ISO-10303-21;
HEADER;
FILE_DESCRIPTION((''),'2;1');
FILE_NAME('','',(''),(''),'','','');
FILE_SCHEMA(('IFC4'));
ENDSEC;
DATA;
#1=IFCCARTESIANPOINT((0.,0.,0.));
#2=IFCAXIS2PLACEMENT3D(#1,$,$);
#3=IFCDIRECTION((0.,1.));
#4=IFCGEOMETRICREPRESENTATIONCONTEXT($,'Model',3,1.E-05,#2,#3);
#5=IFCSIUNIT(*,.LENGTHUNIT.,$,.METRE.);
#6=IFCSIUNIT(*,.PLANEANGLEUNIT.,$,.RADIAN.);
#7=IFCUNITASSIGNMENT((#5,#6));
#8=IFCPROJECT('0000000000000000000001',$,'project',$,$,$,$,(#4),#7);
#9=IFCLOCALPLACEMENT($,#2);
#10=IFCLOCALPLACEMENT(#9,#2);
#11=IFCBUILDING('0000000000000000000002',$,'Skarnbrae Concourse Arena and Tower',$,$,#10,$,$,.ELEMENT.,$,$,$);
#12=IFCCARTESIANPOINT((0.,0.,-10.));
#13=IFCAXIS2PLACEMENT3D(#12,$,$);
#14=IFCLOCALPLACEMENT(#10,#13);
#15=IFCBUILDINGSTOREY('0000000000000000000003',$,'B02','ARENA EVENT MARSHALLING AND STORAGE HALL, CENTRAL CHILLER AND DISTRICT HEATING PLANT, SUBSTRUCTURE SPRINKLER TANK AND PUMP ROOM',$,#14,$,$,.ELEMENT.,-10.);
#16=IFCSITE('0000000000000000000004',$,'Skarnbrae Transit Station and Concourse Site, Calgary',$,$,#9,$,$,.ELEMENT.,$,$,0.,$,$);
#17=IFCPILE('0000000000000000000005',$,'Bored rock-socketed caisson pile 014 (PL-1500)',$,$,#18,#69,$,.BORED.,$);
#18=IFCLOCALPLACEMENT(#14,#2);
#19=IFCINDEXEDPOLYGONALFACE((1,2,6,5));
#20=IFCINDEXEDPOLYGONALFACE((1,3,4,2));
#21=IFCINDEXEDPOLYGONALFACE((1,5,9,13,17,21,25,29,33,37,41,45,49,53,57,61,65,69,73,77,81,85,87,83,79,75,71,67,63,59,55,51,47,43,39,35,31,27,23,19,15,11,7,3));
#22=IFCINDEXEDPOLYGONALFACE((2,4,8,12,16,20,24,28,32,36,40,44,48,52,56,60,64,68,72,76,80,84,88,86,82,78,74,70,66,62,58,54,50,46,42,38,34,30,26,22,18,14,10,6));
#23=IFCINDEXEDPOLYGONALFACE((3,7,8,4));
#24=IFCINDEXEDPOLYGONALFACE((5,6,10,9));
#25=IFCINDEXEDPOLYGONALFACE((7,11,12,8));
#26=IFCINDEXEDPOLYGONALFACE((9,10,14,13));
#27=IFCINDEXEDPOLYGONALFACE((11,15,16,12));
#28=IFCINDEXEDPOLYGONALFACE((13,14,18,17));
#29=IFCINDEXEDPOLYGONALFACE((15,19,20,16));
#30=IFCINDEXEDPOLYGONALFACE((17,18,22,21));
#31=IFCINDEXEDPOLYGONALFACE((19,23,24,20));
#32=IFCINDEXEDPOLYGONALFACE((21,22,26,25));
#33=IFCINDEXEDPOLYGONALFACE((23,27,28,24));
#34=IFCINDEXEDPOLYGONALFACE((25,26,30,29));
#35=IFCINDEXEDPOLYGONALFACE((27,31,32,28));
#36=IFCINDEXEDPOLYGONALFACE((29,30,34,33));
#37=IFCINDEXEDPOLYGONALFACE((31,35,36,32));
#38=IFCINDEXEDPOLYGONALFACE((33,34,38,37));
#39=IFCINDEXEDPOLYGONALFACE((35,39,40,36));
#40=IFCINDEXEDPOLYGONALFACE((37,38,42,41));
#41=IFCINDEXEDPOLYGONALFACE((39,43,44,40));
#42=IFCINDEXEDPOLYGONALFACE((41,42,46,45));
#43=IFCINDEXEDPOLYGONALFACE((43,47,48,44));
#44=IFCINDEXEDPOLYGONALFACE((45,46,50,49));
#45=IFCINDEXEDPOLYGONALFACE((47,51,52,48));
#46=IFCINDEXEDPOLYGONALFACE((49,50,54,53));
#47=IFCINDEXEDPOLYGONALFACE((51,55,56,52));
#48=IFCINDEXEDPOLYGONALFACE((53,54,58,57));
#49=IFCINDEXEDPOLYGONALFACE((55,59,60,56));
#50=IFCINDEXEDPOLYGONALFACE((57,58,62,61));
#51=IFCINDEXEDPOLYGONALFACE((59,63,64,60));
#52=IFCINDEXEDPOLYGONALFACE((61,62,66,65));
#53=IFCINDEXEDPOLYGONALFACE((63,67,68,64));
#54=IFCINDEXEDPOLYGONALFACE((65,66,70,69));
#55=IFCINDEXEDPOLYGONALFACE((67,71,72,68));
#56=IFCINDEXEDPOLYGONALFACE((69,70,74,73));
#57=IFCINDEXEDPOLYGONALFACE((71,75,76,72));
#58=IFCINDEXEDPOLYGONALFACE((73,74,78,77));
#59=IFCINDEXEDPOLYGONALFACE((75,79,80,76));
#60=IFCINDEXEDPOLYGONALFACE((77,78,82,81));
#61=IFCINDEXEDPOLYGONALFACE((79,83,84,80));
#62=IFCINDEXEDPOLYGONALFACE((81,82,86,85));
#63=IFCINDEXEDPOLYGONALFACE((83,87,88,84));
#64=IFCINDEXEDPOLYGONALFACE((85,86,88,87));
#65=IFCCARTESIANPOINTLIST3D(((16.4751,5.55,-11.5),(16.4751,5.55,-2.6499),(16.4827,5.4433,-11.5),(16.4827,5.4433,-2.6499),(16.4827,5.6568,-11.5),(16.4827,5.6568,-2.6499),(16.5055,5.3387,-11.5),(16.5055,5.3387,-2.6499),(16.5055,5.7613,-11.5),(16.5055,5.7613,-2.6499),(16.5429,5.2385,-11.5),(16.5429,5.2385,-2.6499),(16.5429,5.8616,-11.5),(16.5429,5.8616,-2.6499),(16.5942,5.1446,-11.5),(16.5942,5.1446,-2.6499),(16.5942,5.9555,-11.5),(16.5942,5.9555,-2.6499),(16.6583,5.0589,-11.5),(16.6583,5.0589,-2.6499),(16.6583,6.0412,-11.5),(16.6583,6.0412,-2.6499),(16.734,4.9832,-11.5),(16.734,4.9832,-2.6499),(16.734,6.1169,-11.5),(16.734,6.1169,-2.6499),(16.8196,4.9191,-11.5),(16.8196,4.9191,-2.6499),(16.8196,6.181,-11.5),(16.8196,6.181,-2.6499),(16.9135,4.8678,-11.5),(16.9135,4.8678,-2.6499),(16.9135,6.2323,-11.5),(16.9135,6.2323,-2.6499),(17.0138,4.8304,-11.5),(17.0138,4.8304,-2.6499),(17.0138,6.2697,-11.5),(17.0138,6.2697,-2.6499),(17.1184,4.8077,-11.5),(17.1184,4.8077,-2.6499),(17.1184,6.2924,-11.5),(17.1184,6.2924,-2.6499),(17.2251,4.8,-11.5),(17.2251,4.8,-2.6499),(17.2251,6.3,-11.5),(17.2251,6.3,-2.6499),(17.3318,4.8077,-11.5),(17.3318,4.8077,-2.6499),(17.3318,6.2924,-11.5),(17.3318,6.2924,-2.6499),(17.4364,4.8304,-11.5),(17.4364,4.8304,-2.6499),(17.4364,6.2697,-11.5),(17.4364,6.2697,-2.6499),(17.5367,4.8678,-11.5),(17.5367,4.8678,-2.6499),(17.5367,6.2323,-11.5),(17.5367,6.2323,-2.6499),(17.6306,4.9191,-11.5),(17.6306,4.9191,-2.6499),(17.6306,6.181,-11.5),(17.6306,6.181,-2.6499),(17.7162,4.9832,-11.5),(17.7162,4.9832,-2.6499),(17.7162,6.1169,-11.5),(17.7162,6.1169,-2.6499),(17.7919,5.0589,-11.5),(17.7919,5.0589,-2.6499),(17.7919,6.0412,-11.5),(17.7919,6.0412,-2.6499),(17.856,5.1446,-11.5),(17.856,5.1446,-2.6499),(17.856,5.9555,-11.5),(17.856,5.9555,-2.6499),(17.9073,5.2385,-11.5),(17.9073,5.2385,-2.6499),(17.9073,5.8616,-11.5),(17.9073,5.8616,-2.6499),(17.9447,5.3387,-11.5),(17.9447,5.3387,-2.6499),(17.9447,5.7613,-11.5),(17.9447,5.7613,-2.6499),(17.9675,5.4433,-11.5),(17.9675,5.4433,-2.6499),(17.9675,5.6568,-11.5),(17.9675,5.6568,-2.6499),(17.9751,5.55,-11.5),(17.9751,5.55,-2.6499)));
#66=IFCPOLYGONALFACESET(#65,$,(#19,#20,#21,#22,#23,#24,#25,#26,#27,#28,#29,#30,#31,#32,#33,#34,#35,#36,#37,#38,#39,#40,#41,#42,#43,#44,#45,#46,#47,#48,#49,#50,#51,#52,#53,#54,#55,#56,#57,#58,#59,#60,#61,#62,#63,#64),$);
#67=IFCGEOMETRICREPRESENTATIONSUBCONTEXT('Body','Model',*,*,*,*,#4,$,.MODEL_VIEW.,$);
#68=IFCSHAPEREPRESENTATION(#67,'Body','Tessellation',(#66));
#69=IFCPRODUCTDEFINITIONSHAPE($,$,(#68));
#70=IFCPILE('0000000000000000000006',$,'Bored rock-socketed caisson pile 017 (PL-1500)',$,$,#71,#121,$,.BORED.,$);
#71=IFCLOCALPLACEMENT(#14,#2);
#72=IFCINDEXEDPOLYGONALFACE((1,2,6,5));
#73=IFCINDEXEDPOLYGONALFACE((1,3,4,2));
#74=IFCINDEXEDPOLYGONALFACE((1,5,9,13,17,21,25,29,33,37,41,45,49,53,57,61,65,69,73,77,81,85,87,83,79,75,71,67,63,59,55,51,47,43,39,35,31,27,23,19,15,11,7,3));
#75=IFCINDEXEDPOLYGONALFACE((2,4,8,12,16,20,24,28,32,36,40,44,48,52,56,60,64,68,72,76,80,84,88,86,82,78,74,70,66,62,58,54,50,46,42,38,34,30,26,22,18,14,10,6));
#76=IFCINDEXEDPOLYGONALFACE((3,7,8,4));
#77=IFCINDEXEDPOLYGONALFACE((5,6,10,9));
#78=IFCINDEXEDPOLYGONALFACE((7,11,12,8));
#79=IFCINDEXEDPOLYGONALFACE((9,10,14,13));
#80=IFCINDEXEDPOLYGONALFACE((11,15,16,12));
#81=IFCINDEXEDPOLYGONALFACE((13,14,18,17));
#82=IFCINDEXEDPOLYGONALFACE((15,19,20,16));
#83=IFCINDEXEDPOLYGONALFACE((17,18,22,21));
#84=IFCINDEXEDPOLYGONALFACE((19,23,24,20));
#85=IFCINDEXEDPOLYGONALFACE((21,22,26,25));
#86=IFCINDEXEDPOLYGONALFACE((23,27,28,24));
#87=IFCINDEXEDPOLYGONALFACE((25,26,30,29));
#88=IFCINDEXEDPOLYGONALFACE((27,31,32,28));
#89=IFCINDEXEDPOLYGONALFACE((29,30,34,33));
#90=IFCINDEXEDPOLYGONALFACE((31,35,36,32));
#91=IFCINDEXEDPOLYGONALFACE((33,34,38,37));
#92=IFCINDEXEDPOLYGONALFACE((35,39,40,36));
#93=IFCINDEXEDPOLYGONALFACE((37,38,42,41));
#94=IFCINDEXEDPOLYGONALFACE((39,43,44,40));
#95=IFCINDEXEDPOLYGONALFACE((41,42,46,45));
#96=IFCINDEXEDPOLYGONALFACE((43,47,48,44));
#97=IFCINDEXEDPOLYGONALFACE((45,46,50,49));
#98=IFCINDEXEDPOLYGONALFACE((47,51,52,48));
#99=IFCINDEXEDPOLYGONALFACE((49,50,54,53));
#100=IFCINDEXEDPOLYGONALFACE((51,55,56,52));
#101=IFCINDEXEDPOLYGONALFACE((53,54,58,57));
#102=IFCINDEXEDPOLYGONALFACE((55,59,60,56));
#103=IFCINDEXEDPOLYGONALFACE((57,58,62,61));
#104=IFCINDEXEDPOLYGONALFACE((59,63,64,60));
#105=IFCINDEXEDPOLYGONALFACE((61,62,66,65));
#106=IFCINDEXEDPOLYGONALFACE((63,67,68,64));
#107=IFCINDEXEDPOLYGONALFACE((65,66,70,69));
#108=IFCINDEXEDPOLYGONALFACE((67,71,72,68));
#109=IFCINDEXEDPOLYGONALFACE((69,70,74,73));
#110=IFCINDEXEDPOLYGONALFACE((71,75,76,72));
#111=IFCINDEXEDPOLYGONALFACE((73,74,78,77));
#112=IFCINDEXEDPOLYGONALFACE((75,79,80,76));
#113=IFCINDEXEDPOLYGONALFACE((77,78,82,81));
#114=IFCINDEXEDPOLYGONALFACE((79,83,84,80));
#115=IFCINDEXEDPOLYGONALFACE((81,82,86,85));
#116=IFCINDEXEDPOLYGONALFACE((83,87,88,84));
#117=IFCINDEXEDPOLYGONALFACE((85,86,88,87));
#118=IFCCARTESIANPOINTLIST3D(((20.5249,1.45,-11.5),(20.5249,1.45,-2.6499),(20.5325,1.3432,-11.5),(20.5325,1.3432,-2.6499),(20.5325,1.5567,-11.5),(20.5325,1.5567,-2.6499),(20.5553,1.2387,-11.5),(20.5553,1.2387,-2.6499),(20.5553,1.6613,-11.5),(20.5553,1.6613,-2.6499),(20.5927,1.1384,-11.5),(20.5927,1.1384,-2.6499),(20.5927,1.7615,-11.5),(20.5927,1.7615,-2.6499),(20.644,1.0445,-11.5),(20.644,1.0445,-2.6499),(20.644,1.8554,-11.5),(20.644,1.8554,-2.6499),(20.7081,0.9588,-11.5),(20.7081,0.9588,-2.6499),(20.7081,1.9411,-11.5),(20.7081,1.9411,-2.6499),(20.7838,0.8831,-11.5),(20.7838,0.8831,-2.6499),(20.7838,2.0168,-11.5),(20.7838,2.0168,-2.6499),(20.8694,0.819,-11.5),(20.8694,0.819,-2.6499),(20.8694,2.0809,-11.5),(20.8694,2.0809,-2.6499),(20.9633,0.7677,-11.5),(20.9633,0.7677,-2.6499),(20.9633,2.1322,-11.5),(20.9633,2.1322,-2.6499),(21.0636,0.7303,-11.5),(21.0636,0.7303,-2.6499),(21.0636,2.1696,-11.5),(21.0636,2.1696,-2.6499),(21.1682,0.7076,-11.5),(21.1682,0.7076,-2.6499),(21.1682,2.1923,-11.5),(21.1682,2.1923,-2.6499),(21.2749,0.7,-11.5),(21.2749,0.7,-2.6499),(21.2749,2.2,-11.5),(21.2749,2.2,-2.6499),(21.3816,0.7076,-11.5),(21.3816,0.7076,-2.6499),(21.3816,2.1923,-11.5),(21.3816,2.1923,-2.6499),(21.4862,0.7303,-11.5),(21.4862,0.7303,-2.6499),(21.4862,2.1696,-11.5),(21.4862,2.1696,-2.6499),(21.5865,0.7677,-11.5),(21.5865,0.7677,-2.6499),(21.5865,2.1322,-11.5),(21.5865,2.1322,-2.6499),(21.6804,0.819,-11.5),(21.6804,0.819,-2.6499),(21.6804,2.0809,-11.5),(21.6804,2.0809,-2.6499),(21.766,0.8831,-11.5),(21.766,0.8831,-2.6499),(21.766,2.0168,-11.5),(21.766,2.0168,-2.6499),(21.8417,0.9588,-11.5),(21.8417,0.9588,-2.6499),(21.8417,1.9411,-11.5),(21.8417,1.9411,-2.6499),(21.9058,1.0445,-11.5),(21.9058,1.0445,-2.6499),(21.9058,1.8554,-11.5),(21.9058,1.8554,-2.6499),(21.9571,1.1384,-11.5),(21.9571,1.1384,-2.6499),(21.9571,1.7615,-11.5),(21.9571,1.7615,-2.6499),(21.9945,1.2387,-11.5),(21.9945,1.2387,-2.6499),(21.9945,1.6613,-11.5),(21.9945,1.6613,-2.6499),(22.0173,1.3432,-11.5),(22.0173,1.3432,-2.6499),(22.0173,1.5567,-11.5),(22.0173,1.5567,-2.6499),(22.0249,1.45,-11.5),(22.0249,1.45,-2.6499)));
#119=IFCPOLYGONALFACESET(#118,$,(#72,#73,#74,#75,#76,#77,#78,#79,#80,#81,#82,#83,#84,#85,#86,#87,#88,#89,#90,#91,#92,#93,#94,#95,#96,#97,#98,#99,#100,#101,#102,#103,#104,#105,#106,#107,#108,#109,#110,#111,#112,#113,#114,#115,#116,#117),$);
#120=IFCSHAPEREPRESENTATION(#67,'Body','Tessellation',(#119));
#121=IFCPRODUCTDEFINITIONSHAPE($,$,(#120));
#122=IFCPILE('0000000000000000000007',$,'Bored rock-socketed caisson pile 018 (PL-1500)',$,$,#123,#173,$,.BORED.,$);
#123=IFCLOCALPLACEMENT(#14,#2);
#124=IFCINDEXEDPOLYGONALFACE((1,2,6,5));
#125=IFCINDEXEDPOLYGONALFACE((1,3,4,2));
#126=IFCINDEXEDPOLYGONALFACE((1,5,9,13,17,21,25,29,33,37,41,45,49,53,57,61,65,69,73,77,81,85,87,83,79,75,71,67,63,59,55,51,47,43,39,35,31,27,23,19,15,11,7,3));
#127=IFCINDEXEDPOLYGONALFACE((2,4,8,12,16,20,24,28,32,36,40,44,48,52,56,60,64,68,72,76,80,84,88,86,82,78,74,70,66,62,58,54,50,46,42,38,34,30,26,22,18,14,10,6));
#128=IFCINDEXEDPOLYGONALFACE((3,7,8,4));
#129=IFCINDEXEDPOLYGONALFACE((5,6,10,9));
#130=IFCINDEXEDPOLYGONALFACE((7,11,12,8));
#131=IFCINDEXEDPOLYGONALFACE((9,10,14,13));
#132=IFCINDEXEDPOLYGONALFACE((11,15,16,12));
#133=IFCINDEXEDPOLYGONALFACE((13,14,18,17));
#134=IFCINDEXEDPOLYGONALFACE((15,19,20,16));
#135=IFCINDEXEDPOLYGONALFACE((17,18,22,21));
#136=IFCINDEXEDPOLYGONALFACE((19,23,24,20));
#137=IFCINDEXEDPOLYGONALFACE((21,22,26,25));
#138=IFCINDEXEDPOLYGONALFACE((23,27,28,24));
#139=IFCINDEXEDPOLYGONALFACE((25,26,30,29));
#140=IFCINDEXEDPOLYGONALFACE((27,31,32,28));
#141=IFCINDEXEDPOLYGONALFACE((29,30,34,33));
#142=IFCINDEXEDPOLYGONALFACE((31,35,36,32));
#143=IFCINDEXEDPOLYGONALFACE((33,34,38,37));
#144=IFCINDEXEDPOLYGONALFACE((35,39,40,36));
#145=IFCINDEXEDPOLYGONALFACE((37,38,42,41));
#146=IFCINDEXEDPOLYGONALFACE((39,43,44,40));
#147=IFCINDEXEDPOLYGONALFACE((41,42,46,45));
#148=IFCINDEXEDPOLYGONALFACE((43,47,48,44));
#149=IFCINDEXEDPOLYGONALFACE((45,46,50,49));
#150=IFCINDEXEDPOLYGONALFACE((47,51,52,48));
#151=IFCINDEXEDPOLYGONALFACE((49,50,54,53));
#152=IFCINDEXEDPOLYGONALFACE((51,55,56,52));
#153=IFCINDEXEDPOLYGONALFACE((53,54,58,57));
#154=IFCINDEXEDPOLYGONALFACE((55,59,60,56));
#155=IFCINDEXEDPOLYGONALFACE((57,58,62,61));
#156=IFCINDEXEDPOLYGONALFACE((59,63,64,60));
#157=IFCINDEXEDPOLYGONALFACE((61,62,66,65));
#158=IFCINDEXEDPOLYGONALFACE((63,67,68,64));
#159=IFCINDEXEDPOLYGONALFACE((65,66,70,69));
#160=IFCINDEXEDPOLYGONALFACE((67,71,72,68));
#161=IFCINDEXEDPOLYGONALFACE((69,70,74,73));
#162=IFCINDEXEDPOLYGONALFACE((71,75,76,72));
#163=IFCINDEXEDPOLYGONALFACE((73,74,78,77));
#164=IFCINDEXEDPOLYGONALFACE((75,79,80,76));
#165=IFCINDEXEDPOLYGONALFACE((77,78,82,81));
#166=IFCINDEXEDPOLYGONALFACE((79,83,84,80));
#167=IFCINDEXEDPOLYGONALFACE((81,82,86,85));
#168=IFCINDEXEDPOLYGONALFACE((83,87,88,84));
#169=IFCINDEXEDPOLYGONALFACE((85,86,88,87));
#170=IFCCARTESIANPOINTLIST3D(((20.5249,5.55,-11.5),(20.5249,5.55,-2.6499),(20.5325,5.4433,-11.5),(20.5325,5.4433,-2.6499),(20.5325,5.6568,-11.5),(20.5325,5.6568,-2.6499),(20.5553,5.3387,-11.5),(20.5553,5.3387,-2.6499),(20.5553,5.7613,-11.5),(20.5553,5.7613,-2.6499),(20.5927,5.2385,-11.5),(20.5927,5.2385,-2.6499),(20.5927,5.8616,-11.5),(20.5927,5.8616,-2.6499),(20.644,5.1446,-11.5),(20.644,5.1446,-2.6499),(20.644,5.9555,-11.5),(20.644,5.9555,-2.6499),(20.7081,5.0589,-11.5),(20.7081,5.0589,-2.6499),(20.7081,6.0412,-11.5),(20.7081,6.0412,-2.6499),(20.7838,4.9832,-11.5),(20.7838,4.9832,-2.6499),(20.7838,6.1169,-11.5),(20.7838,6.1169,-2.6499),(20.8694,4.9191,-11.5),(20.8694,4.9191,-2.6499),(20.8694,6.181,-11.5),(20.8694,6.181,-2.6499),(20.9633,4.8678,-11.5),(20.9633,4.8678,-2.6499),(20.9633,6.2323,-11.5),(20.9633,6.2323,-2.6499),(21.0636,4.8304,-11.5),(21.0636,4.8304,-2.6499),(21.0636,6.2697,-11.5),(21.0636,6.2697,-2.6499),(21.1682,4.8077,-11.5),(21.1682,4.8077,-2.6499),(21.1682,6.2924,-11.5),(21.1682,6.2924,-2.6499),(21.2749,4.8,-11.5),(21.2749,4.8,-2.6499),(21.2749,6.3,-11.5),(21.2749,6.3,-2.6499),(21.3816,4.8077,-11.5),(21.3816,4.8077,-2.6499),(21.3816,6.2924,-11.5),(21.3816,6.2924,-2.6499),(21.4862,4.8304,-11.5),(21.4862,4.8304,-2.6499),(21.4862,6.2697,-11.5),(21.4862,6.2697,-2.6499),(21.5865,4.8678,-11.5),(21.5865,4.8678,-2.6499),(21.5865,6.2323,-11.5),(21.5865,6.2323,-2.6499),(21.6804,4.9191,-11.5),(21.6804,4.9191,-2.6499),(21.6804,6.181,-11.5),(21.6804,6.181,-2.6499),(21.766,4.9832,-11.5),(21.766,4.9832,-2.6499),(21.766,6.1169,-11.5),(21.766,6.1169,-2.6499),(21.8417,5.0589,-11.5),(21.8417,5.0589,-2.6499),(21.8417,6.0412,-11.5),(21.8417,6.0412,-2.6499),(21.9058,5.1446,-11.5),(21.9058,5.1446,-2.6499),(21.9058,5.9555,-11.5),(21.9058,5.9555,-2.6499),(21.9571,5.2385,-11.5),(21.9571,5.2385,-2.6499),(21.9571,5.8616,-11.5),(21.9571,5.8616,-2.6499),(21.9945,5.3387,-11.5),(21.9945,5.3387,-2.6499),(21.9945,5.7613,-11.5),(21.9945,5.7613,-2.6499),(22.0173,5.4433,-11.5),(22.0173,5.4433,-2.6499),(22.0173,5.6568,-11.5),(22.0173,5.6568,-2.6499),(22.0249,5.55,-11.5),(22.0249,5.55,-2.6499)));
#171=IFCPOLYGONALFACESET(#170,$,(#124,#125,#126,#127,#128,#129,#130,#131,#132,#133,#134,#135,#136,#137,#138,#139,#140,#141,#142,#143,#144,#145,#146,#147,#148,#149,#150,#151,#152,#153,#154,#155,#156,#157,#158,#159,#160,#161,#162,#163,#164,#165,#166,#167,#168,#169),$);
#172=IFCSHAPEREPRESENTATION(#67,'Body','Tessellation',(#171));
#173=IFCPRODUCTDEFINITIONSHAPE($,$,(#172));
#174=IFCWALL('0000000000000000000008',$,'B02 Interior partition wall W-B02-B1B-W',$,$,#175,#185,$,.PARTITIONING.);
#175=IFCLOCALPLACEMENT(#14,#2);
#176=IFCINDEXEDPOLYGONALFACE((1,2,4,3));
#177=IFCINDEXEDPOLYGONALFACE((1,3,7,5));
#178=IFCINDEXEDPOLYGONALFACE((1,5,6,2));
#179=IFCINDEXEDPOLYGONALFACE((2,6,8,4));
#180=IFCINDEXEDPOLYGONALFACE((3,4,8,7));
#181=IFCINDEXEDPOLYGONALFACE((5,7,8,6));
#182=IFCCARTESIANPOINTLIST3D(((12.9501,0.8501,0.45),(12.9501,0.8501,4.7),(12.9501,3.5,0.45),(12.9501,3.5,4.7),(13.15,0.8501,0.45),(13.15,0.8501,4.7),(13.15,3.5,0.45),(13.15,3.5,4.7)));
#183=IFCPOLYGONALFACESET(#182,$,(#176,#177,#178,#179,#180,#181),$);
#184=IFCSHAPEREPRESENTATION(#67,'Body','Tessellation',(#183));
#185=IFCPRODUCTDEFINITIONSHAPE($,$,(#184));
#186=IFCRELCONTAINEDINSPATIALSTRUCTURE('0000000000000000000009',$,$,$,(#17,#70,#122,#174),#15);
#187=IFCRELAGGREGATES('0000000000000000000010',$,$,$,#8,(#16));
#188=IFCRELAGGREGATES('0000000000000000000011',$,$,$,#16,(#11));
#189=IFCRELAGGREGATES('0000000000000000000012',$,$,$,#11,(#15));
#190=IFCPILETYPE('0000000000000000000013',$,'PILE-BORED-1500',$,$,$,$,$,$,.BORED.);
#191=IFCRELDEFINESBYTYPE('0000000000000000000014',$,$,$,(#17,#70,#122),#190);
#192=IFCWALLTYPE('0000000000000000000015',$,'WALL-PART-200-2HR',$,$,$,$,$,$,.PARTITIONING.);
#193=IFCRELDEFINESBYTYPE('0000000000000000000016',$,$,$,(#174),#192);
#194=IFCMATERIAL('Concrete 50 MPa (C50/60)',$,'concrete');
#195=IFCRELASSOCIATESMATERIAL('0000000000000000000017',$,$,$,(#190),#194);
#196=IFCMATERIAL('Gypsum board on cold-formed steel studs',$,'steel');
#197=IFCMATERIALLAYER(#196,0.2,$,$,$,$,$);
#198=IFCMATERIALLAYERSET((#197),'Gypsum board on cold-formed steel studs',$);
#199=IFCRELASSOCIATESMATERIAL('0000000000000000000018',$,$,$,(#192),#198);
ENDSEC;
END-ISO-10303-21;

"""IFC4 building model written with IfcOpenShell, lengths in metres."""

from ifc_helpers import new_model, si_unit, direction, frame, frame_2d, origin, origin_2d, place, context, subcontext, project, spatial, rectangle, circle, extrude, source, transform, mapped, material, layer, layer_set, material_profile, profile_set, type_object, element, save


model = new_model("IFC4")

# Units and contexts
model_context = context("Model", 3, precision=1e-05, world=origin(), true_north=direction((0.0, 1.0)))
body_context = subcontext(model_context, "Body", "Model", "MODEL_VIEW")
ifc_project = project(units=[si_unit("LENGTHUNIT", "METRE"), si_unit("PLANEANGLEUNIT", "RADIAN")], contexts=[model_context])

# Site, building, storey
site_placement = place(None, origin())
site = spatial("IfcSite", under=ifc_project, at=site_placement, Name="Skarnbrae Transit Station and Concourse Site, Calgary", CompositionType="ELEMENT", RefElevation=0.0)
building_placement = place(site_placement, origin())
building = spatial("IfcBuilding", under=site, at=building_placement, Name="Skarnbrae Concourse Arena and Tower", CompositionType="ELEMENT")
storey_placement = place(building_placement, frame((0.0, 0.0, -10.0)))
storey = spatial("IfcBuildingStorey", under=building, at=storey_placement, Name="B02", Description="ARENA EVENT MARSHALLING AND STORAGE HALL, CENTRAL CHILLER AND DISTRICT HEATING PLANT, SUBSTRUCTURE SPRINKLER TANK AND PUMP ROOM", CompositionType="ELEMENT", Elevation=-10.0)

# Shared definitions
ifc_material_1 = material(Name="Concrete 50 MPa (C50/60)", Category="concrete")

# Piles
ifc_material_profile = material_profile(ifc_material_1, circle(Radius=0.75, at=origin_2d()), Name="CAISSON-1500")
ifc_profile_set = profile_set([ifc_material_profile], Name="Concrete 50 MPa (C50/60)")
pile_type = type_object("IfcPileType", Name="PILE-BORED-1500", PredefinedType="BORED", material=ifc_profile_set)
shared_shape_1 = source(origin(), body_context, "Body", "SweptSolid", [
    extrude(circle(Radius=0.75, at=origin_2d()), origin(), (0.0, 0.0, 1.0), 8.8501),
])
for number, where, z_axis, x_axis, name in (
    (1, (17.2251, 5.55, -2.6499), (0.0, 0.0, -1.0), (1.0, 0.0, 0.0), "Bored rock-socketed caisson pile 014 (PL-1500)"),
    (2, (21.2749, 1.45, -2.6499), (0.0, 0.0, -1.0), (1.0, 0.0, 0.0), "Bored rock-socketed caisson pile 017 (PL-1500)"),
    (3, (21.2749, 5.55, -2.6499), (0.0, 0.0, -1.0), (1.0, 0.0, 0.0), "Bored rock-socketed caisson pile 018 (PL-1500)"),
):
    element("IfcPile", number, at=place(storey_placement, frame(where, z_axis=z_axis, x_axis=x_axis)), inside=storey, type_object=pile_type, Name=name, PredefinedType="BORED", context=body_context, shape_type="MappedRepresentation", body=[
        mapped(shared_shape_1, transform((0.0, 0.0, 0.0))),
    ])

# Shared definitions
ifc_material_2 = material(Name="Gypsum board on cold-formed steel studs", Category="steel")
ifc_layer = layer(ifc_material_2, 0.2)
ifc_layer_set = layer_set([ifc_layer], Name="Gypsum board on cold-formed steel studs")
wall_type = type_object("IfcWallType", Name="WALL-PART-200-2HR", PredefinedType="PARTITIONING", material=ifc_layer_set)

# Wall
shared_shape_2 = source(origin(), body_context, "Body", "SweptSolid", [
    extrude(rectangle(XDim=2.6499, YDim=0.2, at=frame_2d((1.325, 0.0))), origin(), (0.0, 0.0, 1.0), 4.25),
])
wall_1_placement = place(storey_placement, frame((13.05, 0.8501, 0.45), z_axis=(0.0, 0.0, 1.0), x_axis=(0.0, 1.0, 0.0)))
element("IfcWall", 4, at=wall_1_placement, inside=storey, type_object=wall_type, Name="B02 Interior partition wall W-B02-B1B-W", PredefinedType="PARTITIONING", context=body_context, shape_type="MappedRepresentation", body=[
    mapped(shared_shape_2, transform((0.0, 0.0, 0.0))),
])

save(model, "model.ifc")
